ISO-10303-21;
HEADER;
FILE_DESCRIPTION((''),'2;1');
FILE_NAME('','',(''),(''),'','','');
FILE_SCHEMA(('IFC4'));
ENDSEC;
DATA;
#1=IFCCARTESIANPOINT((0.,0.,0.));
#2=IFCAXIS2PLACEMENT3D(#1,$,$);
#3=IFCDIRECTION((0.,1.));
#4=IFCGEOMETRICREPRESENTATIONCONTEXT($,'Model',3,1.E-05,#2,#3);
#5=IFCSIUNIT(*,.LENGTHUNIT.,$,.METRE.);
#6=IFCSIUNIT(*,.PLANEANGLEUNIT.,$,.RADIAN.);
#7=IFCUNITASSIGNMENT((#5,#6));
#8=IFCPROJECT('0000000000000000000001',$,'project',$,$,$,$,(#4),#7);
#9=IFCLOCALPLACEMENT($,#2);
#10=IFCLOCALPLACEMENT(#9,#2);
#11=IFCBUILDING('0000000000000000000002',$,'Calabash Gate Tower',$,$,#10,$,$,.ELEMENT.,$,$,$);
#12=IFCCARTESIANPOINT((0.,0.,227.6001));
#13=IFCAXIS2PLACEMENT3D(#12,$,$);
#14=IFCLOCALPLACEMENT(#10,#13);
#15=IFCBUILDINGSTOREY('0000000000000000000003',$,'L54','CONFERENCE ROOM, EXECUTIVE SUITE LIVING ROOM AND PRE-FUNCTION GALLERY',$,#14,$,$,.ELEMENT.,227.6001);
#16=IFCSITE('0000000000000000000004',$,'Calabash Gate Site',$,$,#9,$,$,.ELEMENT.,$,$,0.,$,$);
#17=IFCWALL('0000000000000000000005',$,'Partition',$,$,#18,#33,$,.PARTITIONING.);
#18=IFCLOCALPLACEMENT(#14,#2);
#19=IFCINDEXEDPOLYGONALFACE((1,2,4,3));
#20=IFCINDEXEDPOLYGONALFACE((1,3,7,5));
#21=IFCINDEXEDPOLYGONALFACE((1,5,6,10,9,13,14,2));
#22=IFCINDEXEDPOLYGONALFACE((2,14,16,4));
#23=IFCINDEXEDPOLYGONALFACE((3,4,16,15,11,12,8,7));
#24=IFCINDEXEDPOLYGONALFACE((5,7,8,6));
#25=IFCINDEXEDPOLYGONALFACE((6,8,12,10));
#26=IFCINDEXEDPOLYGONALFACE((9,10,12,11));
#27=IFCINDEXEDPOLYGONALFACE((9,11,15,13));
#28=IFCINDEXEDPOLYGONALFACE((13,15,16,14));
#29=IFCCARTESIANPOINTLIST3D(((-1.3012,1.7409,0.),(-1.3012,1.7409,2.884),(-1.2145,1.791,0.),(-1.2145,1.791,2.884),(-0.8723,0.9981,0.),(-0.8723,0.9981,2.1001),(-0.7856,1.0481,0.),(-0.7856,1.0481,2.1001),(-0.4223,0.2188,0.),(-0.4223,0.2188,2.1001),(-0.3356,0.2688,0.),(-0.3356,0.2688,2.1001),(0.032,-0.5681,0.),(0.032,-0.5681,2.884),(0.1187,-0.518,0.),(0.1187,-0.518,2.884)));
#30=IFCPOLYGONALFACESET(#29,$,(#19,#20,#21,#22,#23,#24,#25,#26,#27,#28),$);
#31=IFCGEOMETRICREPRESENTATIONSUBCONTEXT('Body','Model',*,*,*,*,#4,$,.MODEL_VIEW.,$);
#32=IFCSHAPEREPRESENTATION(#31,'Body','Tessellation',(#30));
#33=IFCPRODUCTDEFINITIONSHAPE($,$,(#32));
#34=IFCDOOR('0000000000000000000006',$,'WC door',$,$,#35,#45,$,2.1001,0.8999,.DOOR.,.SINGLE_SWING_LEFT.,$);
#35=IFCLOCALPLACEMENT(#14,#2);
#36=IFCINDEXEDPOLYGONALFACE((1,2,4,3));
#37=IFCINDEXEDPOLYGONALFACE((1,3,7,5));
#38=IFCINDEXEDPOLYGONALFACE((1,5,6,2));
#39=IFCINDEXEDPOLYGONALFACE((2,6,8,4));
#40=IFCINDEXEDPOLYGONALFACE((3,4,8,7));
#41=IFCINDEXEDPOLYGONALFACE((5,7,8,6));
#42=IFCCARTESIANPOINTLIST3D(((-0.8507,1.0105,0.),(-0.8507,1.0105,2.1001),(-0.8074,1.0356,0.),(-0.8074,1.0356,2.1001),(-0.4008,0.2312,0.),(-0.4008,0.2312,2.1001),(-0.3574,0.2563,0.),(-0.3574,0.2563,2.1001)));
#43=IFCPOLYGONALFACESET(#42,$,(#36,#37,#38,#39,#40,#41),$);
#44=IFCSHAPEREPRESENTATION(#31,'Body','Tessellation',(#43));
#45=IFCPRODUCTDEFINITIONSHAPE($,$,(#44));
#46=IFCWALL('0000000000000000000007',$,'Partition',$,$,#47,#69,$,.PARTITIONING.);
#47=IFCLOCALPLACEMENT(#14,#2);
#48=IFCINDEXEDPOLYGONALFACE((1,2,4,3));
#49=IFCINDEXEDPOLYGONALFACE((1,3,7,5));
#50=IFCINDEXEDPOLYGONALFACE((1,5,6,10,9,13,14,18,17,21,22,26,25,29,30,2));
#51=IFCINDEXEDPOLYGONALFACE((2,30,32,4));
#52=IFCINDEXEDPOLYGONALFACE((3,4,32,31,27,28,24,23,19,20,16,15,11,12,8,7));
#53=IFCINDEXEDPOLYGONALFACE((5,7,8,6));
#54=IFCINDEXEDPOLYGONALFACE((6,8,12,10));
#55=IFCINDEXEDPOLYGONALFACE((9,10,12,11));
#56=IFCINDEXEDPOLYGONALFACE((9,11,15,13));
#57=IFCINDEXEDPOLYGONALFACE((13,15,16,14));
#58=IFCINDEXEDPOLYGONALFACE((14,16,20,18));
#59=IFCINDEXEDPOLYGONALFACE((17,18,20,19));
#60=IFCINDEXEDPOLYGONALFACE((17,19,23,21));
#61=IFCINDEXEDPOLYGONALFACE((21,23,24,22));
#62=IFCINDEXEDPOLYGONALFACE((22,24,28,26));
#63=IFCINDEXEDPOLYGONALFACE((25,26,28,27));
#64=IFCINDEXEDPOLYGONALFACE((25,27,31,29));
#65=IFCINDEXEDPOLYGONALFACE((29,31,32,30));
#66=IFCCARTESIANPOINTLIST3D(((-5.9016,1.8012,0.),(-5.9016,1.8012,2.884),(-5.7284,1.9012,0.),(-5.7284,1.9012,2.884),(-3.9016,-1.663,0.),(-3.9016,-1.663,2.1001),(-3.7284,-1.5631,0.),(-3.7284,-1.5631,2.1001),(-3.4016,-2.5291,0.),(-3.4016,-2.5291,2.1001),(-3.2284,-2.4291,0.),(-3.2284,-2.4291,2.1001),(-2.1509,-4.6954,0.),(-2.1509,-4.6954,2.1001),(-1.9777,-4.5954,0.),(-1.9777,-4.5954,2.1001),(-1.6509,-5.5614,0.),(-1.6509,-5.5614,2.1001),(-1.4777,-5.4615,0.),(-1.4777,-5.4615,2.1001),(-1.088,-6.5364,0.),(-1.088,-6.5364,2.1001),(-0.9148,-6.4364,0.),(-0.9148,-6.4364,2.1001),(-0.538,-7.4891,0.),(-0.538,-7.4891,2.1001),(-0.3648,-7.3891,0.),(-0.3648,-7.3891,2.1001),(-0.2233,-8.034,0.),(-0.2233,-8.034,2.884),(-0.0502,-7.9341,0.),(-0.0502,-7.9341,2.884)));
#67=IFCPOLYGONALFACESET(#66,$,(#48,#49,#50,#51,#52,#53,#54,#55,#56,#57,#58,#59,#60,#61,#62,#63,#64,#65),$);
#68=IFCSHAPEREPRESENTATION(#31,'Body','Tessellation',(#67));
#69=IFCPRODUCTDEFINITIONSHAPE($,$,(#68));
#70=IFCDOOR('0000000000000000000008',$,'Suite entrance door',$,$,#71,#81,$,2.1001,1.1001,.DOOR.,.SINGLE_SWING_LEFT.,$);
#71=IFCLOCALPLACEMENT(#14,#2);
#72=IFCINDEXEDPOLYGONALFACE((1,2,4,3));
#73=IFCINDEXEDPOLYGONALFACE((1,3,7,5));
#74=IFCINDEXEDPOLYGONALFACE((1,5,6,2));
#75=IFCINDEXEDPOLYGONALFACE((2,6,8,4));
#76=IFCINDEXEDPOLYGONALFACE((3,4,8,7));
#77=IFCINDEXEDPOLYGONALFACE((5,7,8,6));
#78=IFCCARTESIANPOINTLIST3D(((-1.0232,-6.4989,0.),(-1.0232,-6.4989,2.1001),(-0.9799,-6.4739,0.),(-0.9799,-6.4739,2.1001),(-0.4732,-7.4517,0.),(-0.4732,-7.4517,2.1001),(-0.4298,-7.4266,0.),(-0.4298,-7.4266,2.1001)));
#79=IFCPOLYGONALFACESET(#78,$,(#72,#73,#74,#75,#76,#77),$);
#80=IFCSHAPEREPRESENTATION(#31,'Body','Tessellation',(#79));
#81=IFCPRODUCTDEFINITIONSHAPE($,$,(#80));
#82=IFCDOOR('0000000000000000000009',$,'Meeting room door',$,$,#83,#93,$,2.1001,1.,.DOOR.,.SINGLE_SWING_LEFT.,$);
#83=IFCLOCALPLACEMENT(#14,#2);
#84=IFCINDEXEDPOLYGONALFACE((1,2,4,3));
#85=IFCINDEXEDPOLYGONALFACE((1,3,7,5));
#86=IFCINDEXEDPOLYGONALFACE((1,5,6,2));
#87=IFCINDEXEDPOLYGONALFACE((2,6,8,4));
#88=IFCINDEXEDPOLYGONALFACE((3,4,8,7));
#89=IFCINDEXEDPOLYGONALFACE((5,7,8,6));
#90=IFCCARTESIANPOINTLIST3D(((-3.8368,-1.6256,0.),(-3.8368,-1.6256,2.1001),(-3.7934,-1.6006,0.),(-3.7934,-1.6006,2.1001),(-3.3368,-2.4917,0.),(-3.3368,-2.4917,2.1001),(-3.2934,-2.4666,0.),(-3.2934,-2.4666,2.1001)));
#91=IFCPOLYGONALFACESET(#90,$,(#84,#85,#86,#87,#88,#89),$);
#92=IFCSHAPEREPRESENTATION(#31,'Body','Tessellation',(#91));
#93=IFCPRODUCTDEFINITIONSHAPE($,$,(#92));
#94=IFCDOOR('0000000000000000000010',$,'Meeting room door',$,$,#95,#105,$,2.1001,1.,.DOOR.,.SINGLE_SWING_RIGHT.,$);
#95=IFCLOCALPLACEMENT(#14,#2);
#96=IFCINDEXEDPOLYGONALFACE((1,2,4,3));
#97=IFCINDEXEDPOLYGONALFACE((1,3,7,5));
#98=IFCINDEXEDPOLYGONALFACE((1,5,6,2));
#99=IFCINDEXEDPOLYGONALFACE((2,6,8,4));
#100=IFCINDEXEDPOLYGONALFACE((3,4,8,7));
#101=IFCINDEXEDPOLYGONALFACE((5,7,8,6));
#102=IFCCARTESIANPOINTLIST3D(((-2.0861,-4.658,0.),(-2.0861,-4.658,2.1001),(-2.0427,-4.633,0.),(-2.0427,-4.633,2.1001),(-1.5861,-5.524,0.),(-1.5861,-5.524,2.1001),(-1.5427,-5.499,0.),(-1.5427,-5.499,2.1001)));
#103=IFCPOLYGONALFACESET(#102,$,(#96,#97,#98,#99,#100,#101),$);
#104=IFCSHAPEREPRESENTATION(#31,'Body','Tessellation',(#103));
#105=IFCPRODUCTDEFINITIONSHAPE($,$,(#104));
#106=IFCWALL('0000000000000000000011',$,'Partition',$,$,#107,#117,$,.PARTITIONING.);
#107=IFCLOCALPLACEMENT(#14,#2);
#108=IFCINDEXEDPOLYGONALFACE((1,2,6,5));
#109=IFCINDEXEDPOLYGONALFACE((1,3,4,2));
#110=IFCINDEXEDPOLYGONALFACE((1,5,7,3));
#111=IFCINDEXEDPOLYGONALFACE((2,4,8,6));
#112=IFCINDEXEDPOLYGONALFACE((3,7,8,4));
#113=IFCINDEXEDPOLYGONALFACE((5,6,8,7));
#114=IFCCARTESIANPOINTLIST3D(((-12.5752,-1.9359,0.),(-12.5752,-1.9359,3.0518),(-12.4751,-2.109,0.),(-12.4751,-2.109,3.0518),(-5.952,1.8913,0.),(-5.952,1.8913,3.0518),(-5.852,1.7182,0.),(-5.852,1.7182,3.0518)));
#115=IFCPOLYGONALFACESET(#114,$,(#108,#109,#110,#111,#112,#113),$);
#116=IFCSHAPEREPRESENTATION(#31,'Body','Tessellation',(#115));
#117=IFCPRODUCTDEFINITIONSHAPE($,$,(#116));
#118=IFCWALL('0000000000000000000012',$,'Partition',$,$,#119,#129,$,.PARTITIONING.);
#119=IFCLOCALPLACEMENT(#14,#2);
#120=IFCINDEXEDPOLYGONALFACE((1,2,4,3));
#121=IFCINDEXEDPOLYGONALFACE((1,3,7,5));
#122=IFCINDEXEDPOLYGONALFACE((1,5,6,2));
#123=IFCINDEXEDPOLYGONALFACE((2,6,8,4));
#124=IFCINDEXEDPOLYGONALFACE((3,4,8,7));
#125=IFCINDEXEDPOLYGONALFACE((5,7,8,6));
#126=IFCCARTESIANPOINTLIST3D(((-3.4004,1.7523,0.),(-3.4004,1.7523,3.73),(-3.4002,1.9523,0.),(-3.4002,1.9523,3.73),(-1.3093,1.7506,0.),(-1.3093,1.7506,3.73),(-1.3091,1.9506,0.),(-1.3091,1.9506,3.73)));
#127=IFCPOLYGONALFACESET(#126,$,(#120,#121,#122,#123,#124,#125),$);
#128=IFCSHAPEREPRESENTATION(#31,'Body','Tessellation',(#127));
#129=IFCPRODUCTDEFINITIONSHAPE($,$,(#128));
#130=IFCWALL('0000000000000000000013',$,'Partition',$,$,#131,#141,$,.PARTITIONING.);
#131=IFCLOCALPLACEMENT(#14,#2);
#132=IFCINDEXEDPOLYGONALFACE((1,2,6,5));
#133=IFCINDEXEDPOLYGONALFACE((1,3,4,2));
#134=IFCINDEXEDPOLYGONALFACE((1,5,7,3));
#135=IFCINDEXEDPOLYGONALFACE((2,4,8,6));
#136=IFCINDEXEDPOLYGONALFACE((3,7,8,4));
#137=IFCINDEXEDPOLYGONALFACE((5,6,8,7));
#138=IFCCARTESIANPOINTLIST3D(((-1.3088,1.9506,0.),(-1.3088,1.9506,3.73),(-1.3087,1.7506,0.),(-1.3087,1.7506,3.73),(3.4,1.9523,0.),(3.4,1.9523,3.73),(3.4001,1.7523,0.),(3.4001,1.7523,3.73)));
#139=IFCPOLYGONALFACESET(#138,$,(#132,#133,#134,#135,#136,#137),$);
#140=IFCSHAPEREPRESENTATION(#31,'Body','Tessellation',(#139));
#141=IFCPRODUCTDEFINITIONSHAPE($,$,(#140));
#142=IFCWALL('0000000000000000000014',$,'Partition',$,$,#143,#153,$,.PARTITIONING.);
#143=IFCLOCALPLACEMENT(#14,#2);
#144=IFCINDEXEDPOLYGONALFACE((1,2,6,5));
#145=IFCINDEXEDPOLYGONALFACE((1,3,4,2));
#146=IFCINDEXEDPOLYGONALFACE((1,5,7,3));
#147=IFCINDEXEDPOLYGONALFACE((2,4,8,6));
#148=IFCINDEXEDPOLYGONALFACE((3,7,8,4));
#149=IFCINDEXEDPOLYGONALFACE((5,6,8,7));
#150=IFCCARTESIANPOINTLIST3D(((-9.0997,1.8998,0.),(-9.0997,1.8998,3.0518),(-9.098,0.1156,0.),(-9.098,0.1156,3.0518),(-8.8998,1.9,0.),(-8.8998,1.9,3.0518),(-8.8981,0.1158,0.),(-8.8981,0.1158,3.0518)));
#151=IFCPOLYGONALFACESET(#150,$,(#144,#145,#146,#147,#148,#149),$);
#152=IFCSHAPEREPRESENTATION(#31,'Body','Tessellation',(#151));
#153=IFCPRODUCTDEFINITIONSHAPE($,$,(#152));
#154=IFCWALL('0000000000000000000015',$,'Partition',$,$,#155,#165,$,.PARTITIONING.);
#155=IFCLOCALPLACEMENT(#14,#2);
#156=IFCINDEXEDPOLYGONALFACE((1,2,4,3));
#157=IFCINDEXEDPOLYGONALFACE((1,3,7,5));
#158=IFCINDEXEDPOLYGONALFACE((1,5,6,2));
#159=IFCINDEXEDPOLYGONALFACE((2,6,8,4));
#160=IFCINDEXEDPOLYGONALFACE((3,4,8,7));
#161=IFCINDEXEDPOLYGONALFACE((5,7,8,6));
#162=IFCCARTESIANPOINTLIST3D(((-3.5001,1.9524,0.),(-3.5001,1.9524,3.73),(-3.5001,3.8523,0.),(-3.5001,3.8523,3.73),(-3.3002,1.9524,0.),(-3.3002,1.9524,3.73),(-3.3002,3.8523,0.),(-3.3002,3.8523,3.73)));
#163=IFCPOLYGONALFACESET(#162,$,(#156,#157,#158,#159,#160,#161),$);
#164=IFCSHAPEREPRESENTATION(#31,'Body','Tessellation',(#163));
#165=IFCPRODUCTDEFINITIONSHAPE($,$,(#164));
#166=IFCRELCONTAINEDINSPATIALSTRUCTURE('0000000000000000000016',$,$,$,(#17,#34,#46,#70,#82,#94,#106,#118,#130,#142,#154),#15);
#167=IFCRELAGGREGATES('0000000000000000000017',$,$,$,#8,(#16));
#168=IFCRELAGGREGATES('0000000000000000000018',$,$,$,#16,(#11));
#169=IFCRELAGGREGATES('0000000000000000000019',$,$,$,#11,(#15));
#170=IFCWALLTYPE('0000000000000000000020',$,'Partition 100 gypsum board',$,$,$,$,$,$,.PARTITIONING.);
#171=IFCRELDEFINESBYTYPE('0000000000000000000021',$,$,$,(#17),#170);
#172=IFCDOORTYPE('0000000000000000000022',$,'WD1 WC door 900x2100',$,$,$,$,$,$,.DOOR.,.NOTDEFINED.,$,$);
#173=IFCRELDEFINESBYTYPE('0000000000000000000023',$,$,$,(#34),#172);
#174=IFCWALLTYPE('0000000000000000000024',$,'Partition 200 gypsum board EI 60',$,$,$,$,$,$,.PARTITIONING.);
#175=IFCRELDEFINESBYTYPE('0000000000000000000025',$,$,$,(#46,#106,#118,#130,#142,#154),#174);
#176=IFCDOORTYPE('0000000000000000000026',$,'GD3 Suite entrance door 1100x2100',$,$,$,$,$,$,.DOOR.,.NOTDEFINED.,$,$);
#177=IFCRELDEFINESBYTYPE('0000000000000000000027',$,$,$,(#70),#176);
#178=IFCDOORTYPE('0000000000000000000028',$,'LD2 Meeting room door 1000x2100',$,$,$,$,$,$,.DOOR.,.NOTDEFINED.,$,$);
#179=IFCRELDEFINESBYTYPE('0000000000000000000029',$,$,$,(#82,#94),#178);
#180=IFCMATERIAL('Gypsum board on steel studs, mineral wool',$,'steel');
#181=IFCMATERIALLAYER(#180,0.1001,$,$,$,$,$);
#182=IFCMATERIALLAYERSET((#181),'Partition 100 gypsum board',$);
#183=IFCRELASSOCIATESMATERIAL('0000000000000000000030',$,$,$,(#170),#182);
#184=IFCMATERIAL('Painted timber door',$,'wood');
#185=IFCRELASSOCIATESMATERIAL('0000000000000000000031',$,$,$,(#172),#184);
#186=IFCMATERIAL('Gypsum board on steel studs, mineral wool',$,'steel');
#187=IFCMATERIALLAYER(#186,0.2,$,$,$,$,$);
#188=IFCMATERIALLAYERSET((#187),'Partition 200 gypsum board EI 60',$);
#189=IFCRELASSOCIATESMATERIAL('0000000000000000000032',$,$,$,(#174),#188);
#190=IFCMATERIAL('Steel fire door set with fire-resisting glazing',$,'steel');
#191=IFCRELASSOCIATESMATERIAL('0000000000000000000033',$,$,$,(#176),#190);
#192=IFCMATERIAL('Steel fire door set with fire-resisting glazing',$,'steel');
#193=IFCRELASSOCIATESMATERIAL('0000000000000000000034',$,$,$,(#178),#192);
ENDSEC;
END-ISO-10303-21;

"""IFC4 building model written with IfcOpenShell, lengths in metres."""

from ifc_helpers import new_model, si_unit, direction, frame, frame_2d, origin, place, context, subcontext, project, spatial, rectangle, extrude, material, layer, layer_set, type_object, element, fill, save


model = new_model("IFC4")

# Units and contexts
model_context = context("Model", 3, precision=1e-05, world=origin(), true_north=direction((0.0, 1.0)))
body_context = subcontext(model_context, "Body", "Model", "MODEL_VIEW")
ifc_project = project(units=[si_unit("LENGTHUNIT", "METRE"), si_unit("PLANEANGLEUNIT", "RADIAN")], contexts=[model_context])

# Site, building, storey
site_placement = place(None, origin())
site = spatial("IfcSite", under=ifc_project, at=site_placement, Name="Calabash Gate Site", CompositionType="ELEMENT", RefElevation=0.0)
building_placement = place(site_placement, origin())
building = spatial("IfcBuilding", under=site, at=building_placement, Name="Calabash Gate Tower", CompositionType="ELEMENT")
storey_placement = place(building_placement, frame((0.0, 0.0, 227.6001)))
storey = spatial("IfcBuildingStorey", under=building, at=storey_placement, Name="L54", Description="CONFERENCE ROOM, EXECUTIVE SUITE LIVING ROOM AND PRE-FUNCTION GALLERY", CompositionType="ELEMENT", Elevation=227.6001)

# Wall, opening, door
ifc_material_1 = material(Name="Gypsum board on steel studs, mineral wool", Category="steel")
ifc_layer_1 = layer(ifc_material_1, 0.1001)
ifc_layer_set_1 = layer_set([ifc_layer_1], Name="Partition 100 gypsum board")
wall_type_1 = type_object("IfcWallType", Name="Partition 100 gypsum board", PredefinedType="PARTITIONING", material=ifc_layer_set_1)
wall_1_placement = place(storey_placement, frame((-1.2578, 1.7659, 0.0), z_axis=(0.0, 0.0, 1.0), x_axis=(0.500029, -0.866009, 0.0)))
wall_1 = element("IfcWall", 1, at=wall_1_placement, inside=storey, type_object=wall_type_1, Name="Partition", PredefinedType="PARTITIONING", context=body_context, shape_type="SweptSolid", body=[
    extrude(rectangle(XDim=2.6663, YDim=0.1001, at=frame_2d((1.333, 0.0))), origin(), (0.0, 0.0, 1.0), 2.884),
])
opening_1_placement = place(wall_1_placement, frame((0.8577, 0.0, 0.0)))
opening_1 = element("IfcOpeningElement", 2, at=opening_1_placement, cuts=wall_1, PredefinedType="OPENING", context=body_context, shape_type="SweptSolid", body=[
    extrude(rectangle(XDim=0.8999, YDim=2.1001, at=frame_2d((0.45, 1.05))), frame((0.0, 0.0601, 0.0), z_axis=(0.0, -1.0, 0.0), x_axis=(1.0, 0.0, 0.0)), (0.0, 0.0, 1.0), 0.1201),
])
ifc_material_2 = material(Name="Painted timber door", Category="wood")
door_type_1 = type_object("IfcDoorType", Name="WD1 WC door 900x2100", OperationType="NOTDEFINED", PredefinedType="DOOR", material=ifc_material_2)
door_1_placement = place(opening_1_placement, origin())
door_1 = element("IfcDoor", 3, at=door_1_placement, inside=storey, type_object=door_type_1, Name="WC door", OperationType="SINGLE_SWING_LEFT", OverallHeight=2.1001, OverallWidth=0.8999, PredefinedType="DOOR", context=body_context, shape_type="SweptSolid", body=[
    extrude(rectangle(XDim=0.8999, YDim=2.1001, at=frame_2d((0.45, 1.05))), frame((0.0, 0.0249, 0.0), z_axis=(0.0, -1.0, 0.0), x_axis=(1.0, 0.0, 0.0)), (0.0, 0.0, 1.0), 0.05),
])
fill(opening_1, door_1)

# Wall, openings, doors
ifc_material_3 = material(Name="Gypsum board on steel studs, mineral wool", Category="steel")
ifc_layer_2 = layer(ifc_material_3, 0.2)
ifc_layer_set_2 = layer_set([ifc_layer_2], Name="Partition 200 gypsum board EI 60")
wall_type_2 = type_object("IfcWallType", Name="Partition 200 gypsum board EI 60", PredefinedType="PARTITIONING", material=ifc_layer_set_2)
wall_2_placement = place(storey_placement, frame((-5.8149, 1.8511, 0.0), z_axis=(0.0, 0.0, 1.0), x_axis=(0.499991, -0.866031, 0.0)))
wall_2 = element("IfcWall", 4, at=wall_2_placement, inside=storey, type_object=wall_type_2, Name="Partition", PredefinedType="PARTITIONING", context=body_context, shape_type="SweptSolid", body=[
    extrude(rectangle(XDim=11.3567, YDim=0.2, at=frame_2d((5.6782, 0.0))), origin(), (0.0, 0.0, 1.0), 2.884),
])
opening_2_placement = place(wall_2_placement, frame((4.0, 0.0, 0.0)))
opening_2 = element("IfcOpeningElement", 5, at=opening_2_placement, cuts=wall_2, PredefinedType="OPENING", context=body_context, shape_type="SweptSolid", body=[
    extrude(rectangle(XDim=1.0, YDim=2.1001, at=frame_2d((0.5, 1.05))), frame((0.0, 0.1099, 0.0), z_axis=(0.0, -1.0, 0.0), x_axis=(1.0, 0.0, 0.0)), (0.0, 0.0, 1.0), 0.22),
])
opening_3_placement = place(wall_2_placement, frame((7.5015, 0.0, 0.0)))
opening_3 = element("IfcOpeningElement", 6, at=opening_3_placement, cuts=wall_2, PredefinedType="OPENING", context=body_context, shape_type="SweptSolid", body=[
    extrude(rectangle(XDim=1.0, YDim=2.1001, at=frame_2d((0.5, 1.05))), frame((0.0, 0.1099, 0.0), z_axis=(0.0, -1.0, 0.0), x_axis=(1.0, 0.0, 0.0)), (0.0, 0.0, 1.0), 0.22),
])
opening_4_placement = place(wall_2_placement, frame((9.6272, 0.0, 0.0)))
opening_4 = element("IfcOpeningElement", 7, at=opening_4_placement, cuts=wall_2, PredefinedType="OPENING", context=body_context, shape_type="SweptSolid", body=[
    extrude(rectangle(XDim=1.1001, YDim=2.1001, at=frame_2d((0.55, 1.05))), frame((0.0, 0.1099, 0.0), z_axis=(0.0, -1.0, 0.0), x_axis=(1.0, 0.0, 0.0)), (0.0, 0.0, 1.0), 0.22),
])
ifc_material_4 = material(Name="Steel fire door set with fire-resisting glazing", Category="steel")
door_type_2 = type_object("IfcDoorType", Name="GD3 Suite entrance door 1100x2100", OperationType="NOTDEFINED", PredefinedType="DOOR", material=ifc_material_4)
door_2_placement = place(opening_4_placement, origin())
door_2 = element("IfcDoor", 8, at=door_2_placement, inside=storey, type_object=door_type_2, Name="Suite entrance door", OperationType="SINGLE_SWING_LEFT", OverallHeight=2.1001, OverallWidth=1.1001, PredefinedType="DOOR", context=body_context, shape_type="SweptSolid", body=[
    extrude(rectangle(XDim=1.1001, YDim=2.1001, at=frame_2d((0.55, 1.05))), frame((0.0, 0.0249, 0.0), z_axis=(0.0, -1.0, 0.0), x_axis=(1.0, 0.0, 0.0)), (0.0, 0.0, 1.0), 0.05),
])
fill(opening_4, door_2)
ifc_material_5 = material(Name="Steel fire door set with fire-resisting glazing", Category="steel")
door_type_3 = type_object("IfcDoorType", Name="LD2 Meeting room door 1000x2100", OperationType="NOTDEFINED", PredefinedType="DOOR", material=ifc_material_5)
door_3_placement = place(opening_2_placement, origin())
door_3 = element("IfcDoor", 9, at=door_3_placement, inside=storey, type_object=door_type_3, Name="Meeting room door", OperationType="SINGLE_SWING_LEFT", OverallHeight=2.1001, OverallWidth=1.0, PredefinedType="DOOR", context=body_context, shape_type="SweptSolid", body=[
    extrude(rectangle(XDim=1.0, YDim=2.1001, at=frame_2d((0.5, 1.05))), frame((0.0, 0.0249, 0.0), z_axis=(0.0, -1.0, 0.0), x_axis=(1.0, 0.0, 0.0)), (0.0, 0.0, 1.0), 0.05),
])
fill(opening_2, door_3)
door_4_placement = place(opening_3_placement, origin())
door_4 = element("IfcDoor", 10, at=door_4_placement, inside=storey, type_object=door_type_3, Name="Meeting room door", OperationType="SINGLE_SWING_RIGHT", OverallHeight=2.1001, OverallWidth=1.0, PredefinedType="DOOR", context=body_context, shape_type="SweptSolid", body=[
    extrude(rectangle(XDim=1.0, YDim=2.1001, at=frame_2d((0.5, 1.05))), frame((0.0, 0.0249, 0.0), z_axis=(0.0, -1.0, 0.0), x_axis=(1.0, 0.0, 0.0)), (0.0, 0.0, 1.0), 0.05),
])
fill(opening_3, door_4)

# Wall
wall_3_placement = place(storey_placement, frame((-12.5251, -2.0225, 0.0), z_axis=(0.0, 0.0, 1.0), x_axis=(0.865837, 0.500327, 0.0)))
element("IfcWall", 11, at=wall_3_placement, inside=storey, type_object=wall_type_2, Name="Partition", PredefinedType="PARTITIONING", context=body_context, shape_type="SweptSolid", body=[
    extrude(rectangle(XDim=7.6494, YDim=0.2, at=frame_2d((3.8247, 0.0))), origin(), (0.0, 0.0, 1.0), 3.0518),
])

# Walls
wall_4_placement = place(storey_placement, frame((-3.4001, 1.8523, 0.0), z_axis=(0.0, 0.0, 1.0), x_axis=(1.0, -0.000817, 0.0)))
element("IfcWall", 12, at=wall_4_placement, inside=storey, type_object=wall_type_2, Name="Partition", PredefinedType="PARTITIONING", context=body_context, shape_type="SweptSolid", body=[
    extrude(rectangle(XDim=2.0911, YDim=0.2, at=frame_2d((1.0454, 0.0))), origin(), (0.0, 0.0, 1.0), 3.73),
])
wall_5_placement = place(storey_placement, frame((-1.3088, 1.8506, 0.0), z_axis=(0.0, 0.0, 1.0), x_axis=(1.0, 0.000363, 0.0)))
element("IfcWall", 13, at=wall_5_placement, inside=storey, type_object=wall_type_2, Name="Partition", PredefinedType="PARTITIONING", context=body_context, shape_type="SweptSolid", body=[
    extrude(rectangle(XDim=4.7087, YDim=0.2, at=frame_2d((2.3545, 0.0))), origin(), (0.0, 0.0, 1.0), 3.73),
])
wall_6_placement = place(storey_placement, frame((-8.9998, 1.8999, 0.0), z_axis=(0.0, 0.0, 1.0), x_axis=(0.000958, -1.0, 0.0)))
element("IfcWall", 14, at=wall_6_placement, inside=storey, type_object=wall_type_2, Name="Partition", PredefinedType="PARTITIONING", context=body_context, shape_type="SweptSolid", body=[
    extrude(rectangle(XDim=1.7842, YDim=0.2, at=frame_2d((0.8921, 0.0))), origin(), (0.0, 0.0, 1.0), 3.0518),
])
wall_7_placement = place(storey_placement, frame((-3.4001, 3.8523, 0.0), z_axis=(0.0, 0.0, 1.0), x_axis=(0.0, -1.0, 0.0)))
element("IfcWall", 15, at=wall_7_placement, inside=storey, type_object=wall_type_2, Name="Partition", PredefinedType="PARTITIONING", context=body_context, shape_type="SweptSolid", body=[
    extrude(rectangle(XDim=1.8999, YDim=0.2, at=frame_2d((0.95, 0.0))), origin(), (0.0, 0.0, 1.0), 3.73),
])

save(model, "model.ifc")
